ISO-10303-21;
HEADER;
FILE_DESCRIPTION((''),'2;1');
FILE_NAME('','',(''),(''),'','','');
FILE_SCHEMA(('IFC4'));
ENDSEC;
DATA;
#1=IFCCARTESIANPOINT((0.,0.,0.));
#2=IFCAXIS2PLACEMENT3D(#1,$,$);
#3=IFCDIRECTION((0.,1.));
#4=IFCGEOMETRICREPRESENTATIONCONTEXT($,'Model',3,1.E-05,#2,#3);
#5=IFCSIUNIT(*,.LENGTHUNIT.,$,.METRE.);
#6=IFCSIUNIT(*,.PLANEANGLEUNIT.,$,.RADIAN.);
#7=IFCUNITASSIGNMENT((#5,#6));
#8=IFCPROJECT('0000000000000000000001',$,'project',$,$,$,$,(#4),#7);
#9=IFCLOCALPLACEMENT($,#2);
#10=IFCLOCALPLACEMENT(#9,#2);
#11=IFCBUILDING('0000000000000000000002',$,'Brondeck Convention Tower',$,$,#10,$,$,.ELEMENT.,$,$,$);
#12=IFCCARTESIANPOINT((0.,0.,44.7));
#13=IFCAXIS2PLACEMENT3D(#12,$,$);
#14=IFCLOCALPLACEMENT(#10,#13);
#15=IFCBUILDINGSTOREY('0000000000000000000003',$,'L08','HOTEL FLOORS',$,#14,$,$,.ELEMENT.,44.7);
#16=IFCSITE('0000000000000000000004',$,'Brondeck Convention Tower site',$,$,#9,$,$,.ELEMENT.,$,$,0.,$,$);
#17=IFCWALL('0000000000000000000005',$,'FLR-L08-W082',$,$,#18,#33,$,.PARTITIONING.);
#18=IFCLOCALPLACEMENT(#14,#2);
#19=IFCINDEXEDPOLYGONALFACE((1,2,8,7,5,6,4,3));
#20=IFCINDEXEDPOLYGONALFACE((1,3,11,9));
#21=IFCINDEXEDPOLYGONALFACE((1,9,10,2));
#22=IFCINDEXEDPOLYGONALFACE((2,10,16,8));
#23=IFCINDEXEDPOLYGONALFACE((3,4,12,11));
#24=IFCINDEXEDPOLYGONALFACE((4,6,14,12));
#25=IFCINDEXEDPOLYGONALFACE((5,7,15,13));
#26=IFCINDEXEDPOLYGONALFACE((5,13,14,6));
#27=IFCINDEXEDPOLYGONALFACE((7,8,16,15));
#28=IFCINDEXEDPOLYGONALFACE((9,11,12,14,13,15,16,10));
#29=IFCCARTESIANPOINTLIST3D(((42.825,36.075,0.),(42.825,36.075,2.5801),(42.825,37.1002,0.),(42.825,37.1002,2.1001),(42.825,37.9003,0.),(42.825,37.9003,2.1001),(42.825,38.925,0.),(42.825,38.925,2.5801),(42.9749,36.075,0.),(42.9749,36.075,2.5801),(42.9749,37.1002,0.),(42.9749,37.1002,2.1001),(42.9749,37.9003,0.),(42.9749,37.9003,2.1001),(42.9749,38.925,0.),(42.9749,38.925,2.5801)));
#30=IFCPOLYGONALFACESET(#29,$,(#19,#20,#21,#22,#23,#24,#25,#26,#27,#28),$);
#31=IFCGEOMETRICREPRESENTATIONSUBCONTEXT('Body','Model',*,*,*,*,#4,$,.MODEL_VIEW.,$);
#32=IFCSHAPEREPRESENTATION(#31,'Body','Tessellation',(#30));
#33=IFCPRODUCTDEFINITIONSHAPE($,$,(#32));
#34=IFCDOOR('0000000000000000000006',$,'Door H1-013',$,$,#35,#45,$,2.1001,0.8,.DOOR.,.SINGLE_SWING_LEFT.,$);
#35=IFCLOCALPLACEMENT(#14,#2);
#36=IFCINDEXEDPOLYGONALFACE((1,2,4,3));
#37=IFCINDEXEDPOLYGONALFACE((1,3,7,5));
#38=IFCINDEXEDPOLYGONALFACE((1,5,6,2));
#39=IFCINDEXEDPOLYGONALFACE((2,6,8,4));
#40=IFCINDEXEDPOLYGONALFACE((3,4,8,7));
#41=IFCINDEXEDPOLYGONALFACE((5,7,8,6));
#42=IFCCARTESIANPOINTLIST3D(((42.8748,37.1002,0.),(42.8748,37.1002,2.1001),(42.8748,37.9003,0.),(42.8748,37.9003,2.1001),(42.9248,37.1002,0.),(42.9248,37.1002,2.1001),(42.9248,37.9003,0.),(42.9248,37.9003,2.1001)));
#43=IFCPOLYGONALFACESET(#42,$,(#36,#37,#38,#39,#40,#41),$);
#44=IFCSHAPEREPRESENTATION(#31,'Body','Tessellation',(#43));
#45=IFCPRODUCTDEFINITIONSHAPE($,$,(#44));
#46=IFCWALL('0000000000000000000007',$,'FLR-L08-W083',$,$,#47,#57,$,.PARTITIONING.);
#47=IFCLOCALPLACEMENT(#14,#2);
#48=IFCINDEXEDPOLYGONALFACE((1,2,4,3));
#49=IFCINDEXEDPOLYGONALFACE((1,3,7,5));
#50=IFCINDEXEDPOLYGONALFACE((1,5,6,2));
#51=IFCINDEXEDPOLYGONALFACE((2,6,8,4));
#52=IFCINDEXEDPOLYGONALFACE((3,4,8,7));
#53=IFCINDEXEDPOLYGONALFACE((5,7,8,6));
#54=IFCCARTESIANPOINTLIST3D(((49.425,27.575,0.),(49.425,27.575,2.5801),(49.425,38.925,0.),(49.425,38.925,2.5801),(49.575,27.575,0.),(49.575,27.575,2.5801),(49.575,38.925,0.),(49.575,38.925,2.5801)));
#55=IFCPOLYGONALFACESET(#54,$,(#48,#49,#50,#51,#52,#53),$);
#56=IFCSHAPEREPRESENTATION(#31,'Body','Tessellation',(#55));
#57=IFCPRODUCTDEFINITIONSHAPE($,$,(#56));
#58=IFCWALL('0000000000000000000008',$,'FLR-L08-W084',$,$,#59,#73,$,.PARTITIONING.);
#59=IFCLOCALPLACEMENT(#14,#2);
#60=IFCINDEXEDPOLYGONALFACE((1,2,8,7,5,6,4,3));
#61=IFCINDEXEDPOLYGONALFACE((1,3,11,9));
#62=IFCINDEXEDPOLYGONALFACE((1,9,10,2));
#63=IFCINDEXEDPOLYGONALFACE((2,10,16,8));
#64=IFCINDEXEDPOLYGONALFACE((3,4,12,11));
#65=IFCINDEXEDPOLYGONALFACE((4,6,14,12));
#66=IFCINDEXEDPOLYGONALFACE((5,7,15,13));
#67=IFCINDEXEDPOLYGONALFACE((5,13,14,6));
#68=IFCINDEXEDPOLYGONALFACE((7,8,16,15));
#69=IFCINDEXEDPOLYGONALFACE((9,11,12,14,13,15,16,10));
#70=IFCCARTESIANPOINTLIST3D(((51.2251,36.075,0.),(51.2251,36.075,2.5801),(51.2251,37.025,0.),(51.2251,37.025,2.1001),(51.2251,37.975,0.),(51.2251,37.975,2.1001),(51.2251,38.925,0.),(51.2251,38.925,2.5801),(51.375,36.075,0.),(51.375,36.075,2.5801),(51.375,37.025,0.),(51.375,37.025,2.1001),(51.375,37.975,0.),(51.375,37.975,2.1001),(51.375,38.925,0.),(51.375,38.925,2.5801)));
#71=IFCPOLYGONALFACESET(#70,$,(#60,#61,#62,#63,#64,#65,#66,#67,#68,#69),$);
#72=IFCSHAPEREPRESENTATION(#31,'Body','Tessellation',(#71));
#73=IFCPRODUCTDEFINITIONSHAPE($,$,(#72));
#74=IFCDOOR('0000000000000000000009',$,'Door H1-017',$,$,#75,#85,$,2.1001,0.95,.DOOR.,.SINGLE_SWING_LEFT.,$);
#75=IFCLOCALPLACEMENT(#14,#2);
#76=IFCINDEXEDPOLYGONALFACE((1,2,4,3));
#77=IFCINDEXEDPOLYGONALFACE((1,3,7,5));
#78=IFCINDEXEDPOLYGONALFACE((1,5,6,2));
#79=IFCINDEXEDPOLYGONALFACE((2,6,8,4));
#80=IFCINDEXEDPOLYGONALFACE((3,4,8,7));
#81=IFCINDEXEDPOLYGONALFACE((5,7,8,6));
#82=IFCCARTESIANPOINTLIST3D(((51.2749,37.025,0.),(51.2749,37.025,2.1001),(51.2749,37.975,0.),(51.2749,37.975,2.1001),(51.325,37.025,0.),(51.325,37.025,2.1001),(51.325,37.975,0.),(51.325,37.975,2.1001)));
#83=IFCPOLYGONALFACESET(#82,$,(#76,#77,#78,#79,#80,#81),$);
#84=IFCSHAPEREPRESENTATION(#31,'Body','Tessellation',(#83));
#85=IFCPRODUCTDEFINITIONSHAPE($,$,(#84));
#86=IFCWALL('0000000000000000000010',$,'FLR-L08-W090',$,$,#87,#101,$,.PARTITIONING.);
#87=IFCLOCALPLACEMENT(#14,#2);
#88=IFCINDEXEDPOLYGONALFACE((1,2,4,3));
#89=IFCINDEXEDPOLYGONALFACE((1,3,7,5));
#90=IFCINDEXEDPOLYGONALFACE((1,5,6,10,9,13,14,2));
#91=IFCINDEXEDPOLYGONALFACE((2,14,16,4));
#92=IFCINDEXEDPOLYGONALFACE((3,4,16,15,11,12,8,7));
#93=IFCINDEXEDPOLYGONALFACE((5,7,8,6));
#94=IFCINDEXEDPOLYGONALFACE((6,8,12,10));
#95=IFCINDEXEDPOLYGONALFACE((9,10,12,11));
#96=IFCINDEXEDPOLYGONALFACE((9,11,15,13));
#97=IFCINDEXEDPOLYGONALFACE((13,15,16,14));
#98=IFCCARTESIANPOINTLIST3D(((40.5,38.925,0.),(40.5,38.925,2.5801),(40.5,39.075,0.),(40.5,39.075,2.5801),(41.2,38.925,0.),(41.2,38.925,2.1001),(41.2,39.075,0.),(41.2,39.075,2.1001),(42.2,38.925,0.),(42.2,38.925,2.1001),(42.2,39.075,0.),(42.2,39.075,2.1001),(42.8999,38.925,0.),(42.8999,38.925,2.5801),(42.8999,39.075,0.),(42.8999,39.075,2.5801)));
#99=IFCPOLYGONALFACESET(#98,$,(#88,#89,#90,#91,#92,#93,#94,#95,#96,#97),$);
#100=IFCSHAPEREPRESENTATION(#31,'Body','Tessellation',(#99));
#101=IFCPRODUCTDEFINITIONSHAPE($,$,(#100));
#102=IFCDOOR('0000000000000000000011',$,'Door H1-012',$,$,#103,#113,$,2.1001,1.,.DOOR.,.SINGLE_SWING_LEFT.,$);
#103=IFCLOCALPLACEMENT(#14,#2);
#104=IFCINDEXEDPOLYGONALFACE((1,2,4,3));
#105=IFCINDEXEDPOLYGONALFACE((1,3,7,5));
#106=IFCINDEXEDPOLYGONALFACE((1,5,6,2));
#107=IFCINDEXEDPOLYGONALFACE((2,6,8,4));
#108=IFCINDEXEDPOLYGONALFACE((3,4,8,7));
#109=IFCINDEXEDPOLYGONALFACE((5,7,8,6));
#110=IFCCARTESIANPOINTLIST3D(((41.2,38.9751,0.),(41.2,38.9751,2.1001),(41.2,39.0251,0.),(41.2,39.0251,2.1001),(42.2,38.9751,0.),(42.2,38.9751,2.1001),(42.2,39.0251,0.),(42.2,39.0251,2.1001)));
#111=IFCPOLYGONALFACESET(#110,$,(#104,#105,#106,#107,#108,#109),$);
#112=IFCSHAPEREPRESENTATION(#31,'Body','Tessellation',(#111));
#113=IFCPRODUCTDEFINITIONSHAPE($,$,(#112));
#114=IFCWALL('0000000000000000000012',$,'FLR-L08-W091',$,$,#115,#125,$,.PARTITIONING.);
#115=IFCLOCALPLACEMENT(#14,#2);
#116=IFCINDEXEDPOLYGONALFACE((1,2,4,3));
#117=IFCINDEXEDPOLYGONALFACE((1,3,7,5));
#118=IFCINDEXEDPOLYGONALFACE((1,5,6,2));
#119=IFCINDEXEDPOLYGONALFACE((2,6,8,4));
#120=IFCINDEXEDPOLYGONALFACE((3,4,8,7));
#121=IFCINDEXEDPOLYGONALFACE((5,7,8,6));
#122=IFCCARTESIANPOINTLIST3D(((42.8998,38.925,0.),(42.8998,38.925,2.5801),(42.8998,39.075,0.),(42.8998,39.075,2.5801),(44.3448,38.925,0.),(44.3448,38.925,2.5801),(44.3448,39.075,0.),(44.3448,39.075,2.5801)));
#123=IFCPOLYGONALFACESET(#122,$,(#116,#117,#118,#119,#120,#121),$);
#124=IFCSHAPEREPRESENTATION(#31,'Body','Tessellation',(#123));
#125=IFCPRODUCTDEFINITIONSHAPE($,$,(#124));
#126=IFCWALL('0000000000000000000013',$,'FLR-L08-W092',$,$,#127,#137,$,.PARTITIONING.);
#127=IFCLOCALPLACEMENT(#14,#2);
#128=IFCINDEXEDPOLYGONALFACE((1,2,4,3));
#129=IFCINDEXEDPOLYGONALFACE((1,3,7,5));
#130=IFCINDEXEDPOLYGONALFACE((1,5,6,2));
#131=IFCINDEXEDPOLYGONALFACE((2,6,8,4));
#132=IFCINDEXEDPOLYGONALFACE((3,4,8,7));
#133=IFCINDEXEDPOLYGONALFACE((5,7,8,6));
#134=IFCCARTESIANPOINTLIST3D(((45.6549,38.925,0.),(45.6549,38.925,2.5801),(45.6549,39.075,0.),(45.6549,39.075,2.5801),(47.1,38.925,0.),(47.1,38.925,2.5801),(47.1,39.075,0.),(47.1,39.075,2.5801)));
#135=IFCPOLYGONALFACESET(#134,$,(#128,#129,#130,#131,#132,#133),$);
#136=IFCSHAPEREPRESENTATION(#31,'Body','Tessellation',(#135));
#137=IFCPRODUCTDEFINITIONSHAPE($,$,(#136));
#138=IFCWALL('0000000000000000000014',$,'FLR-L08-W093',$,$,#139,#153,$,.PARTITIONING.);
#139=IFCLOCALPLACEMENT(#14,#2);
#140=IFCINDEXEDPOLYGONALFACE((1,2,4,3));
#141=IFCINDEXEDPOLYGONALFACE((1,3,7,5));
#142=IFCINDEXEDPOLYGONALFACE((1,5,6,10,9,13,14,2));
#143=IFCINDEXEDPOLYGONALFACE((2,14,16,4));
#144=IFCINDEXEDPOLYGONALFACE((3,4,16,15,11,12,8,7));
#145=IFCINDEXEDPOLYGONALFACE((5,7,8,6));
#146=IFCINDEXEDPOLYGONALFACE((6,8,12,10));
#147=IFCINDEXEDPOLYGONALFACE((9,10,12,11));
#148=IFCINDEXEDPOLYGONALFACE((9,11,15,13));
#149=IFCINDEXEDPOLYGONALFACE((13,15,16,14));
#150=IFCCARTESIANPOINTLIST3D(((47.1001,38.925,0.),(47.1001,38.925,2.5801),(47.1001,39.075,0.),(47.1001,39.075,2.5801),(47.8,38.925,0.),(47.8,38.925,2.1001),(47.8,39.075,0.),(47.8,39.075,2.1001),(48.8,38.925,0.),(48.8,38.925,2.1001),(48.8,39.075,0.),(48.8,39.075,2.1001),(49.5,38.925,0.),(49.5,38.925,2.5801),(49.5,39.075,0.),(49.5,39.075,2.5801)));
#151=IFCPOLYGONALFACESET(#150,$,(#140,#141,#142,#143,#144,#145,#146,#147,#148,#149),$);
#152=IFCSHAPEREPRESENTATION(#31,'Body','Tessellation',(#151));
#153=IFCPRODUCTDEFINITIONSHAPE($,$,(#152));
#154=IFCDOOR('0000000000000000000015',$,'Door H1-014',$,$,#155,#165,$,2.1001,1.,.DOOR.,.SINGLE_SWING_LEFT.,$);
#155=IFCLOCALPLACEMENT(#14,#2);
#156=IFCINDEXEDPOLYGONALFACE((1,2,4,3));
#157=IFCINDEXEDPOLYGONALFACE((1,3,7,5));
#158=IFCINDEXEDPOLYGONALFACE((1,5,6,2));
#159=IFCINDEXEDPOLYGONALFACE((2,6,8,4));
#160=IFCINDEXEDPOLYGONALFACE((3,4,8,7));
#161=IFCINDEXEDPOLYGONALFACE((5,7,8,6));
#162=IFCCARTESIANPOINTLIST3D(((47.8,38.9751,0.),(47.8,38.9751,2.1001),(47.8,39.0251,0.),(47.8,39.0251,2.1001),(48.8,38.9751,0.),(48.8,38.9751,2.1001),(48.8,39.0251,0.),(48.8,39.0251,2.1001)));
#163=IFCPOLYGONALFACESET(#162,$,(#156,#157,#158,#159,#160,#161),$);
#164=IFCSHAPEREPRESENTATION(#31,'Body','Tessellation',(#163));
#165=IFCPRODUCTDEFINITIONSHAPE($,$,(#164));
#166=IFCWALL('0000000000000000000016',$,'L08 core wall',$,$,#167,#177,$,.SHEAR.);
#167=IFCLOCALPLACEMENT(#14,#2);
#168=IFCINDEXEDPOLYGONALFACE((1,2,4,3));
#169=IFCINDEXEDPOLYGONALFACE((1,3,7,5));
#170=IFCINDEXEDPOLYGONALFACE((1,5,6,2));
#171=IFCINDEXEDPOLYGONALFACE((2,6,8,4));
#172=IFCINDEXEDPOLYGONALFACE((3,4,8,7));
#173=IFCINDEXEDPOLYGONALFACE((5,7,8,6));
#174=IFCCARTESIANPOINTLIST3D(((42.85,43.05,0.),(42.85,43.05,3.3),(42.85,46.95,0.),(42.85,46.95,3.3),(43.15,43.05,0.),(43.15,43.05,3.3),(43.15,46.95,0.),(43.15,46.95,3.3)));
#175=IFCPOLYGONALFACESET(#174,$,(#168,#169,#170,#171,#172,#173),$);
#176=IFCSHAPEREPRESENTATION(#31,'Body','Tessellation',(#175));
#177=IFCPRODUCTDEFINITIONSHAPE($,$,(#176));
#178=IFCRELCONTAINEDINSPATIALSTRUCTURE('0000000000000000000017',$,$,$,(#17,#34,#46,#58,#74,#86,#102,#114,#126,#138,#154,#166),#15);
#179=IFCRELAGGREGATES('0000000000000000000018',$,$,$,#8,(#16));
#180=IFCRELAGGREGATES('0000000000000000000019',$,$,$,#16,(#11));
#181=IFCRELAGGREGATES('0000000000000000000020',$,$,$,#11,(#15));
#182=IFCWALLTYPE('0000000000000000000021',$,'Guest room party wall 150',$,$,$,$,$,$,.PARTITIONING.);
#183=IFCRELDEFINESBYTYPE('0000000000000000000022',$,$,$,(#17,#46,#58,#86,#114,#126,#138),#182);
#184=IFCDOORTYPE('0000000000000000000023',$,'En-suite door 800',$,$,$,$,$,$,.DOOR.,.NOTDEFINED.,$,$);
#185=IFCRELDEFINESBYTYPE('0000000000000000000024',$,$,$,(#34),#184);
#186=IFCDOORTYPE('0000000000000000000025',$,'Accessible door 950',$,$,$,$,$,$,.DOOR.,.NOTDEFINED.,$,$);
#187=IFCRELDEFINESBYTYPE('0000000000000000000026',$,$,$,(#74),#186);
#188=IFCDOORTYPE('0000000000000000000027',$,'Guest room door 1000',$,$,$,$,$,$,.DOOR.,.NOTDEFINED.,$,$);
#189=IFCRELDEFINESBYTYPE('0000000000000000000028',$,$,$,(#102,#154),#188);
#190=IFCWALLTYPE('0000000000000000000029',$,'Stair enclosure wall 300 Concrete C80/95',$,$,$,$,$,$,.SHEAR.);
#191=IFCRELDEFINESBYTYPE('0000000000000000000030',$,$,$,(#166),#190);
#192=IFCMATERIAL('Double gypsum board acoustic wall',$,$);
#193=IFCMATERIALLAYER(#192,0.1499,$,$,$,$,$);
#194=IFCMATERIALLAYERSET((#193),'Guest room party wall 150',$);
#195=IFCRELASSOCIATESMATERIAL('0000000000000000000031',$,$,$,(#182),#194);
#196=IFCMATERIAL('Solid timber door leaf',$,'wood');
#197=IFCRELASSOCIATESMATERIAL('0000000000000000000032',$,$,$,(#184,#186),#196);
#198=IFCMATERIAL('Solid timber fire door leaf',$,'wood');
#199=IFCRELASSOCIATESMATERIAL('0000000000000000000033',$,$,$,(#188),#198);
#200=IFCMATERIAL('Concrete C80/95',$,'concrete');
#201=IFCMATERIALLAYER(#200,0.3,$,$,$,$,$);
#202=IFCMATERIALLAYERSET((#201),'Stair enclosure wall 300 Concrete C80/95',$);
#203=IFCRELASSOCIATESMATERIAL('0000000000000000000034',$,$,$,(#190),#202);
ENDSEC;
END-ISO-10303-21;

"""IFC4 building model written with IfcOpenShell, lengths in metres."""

from ifc_helpers import new_model, si_unit, direction, frame, frame_2d, origin, place, context, subcontext, project, spatial, rectangle, extrude, material, layer, layer_set, type_object, element, fill, save


model = new_model("IFC4")

# Units and contexts
model_context = context("Model", 3, precision=1e-05, world=origin(), true_north=direction((0.0, 1.0)))
body_context = subcontext(model_context, "Body", "Model", "MODEL_VIEW")
ifc_project = project(units=[si_unit("LENGTHUNIT", "METRE"), si_unit("PLANEANGLEUNIT", "RADIAN")], contexts=[model_context])

# Site, building, storey
site_placement = place(None, origin())
site = spatial("IfcSite", under=ifc_project, at=site_placement, Name="Brondeck Convention Tower site", CompositionType="ELEMENT", RefElevation=0.0)
building_placement = place(site_placement, origin())
building = spatial("IfcBuilding", under=site, at=building_placement, Name="Brondeck Convention Tower", CompositionType="ELEMENT")
storey_placement = place(building_placement, frame((0.0, 0.0, 44.7)))
storey = spatial("IfcBuildingStorey", under=building, at=storey_placement, Name="L08", Description="HOTEL FLOORS", CompositionType="ELEMENT", Elevation=44.7)

# Shared definitions
ifc_material_1 = material(Name="Concrete C80/95", Category="concrete")

# Shared definitions
ifc_material_2 = material(Name="Double gypsum board acoustic wall")
ifc_layer_1 = layer(ifc_material_2, 0.1499)
ifc_layer_set_1 = layer_set([ifc_layer_1], Name="Guest room party wall 150")
wall_type_1 = type_object("IfcWallType", Name="Guest room party wall 150", PredefinedType="PARTITIONING", material=ifc_layer_set_1)

# Shared definitions
ifc_material_3 = material(Name="Solid timber door leaf", Category="wood")
door_type_1 = type_object("IfcDoorType", Name="En-suite door 800", OperationType="NOTDEFINED", PredefinedType="DOOR", material=ifc_material_3)

# Wall, opening, door
wall_1_placement = place(storey_placement, frame((42.8999, 38.925, 0.0), z_axis=(0.0, 0.0, 1.0), x_axis=(0.0, -1.0, 0.0)))
wall_1 = element("IfcWall", 1, at=wall_1_placement, inside=storey, type_object=wall_type_1, Name="FLR-L08-W082", PredefinedType="PARTITIONING", context=body_context, shape_type="SweptSolid", body=[
    extrude(rectangle(XDim=2.8501, YDim=0.1499, at=frame_2d((1.425, 0.0))), origin(), (0.0, 0.0, 1.0), 2.5801),
])
opening_1_placement = place(wall_1_placement, frame((1.0249, 0.0, 0.0)))
opening_1 = element("IfcOpeningElement", 2, at=opening_1_placement, cuts=wall_1, PredefinedType="OPENING", context=body_context, shape_type="SweptSolid", body=[
    extrude(rectangle(XDim=0.8, YDim=2.1001, at=frame_2d((0.3999, 1.05))), frame((0.0, 0.085, 0.0), z_axis=(0.0, -1.0, 0.0), x_axis=(1.0, 0.0, 0.0)), (0.0, 0.0, 1.0), 0.1699),
])
door_1_placement = place(opening_1_placement, origin())
door_1 = element("IfcDoor", 3, at=door_1_placement, inside=storey, type_object=door_type_1, Name="Door H1-013", OperationType="SINGLE_SWING_LEFT", OverallHeight=2.1001, OverallWidth=0.8, PredefinedType="DOOR", context=body_context, shape_type="SweptSolid", body=[
    extrude(rectangle(XDim=0.8, YDim=2.1001, at=frame_2d((0.3999, 1.05))), frame((0.0, 0.0249, 0.0), z_axis=(0.0, -1.0, 0.0), x_axis=(1.0, 0.0, 0.0)), (0.0, 0.0, 1.0), 0.05),
])
fill(opening_1, door_1)

# Wall
wall_2_placement = place(storey_placement, frame((49.5, 38.925, 0.0), z_axis=(0.0, 0.0, 1.0), x_axis=(0.0, -1.0, 0.0)))
element("IfcWall", 4, at=wall_2_placement, inside=storey, type_object=wall_type_1, Name="FLR-L08-W083", PredefinedType="PARTITIONING", context=body_context, shape_type="SweptSolid", body=[
    extrude(rectangle(XDim=11.3501, YDim=0.1499, at=frame_2d((5.675, 0.0))), origin(), (0.0, 0.0, 1.0), 2.5801),
])

# Walls, openings, doors
wall_3_placement = place(storey_placement, frame((51.3, 38.925, 0.0), z_axis=(0.0, 0.0, 1.0), x_axis=(0.0, -1.0, 0.0)))
wall_3 = element("IfcWall", 5, at=wall_3_placement, inside=storey, type_object=wall_type_1, Name="FLR-L08-W084", PredefinedType="PARTITIONING", context=body_context, shape_type="SweptSolid", body=[
    extrude(rectangle(XDim=2.8501, YDim=0.1499, at=frame_2d((1.425, 0.0))), origin(), (0.0, 0.0, 1.0), 2.5801),
])
opening_2_placement = place(wall_3_placement, frame((0.95, 0.0, 0.0)))
opening_2 = element("IfcOpeningElement", 6, at=opening_2_placement, cuts=wall_3, PredefinedType="OPENING", context=body_context, shape_type="SweptSolid", body=[
    extrude(rectangle(XDim=0.95, YDim=2.1001, at=frame_2d((0.4751, 1.05))), frame((0.0, 0.085, 0.0), z_axis=(0.0, -1.0, 0.0), x_axis=(1.0, 0.0, 0.0)), (0.0, 0.0, 1.0), 0.1699),
])
door_type_2 = type_object("IfcDoorType", Name="Accessible door 950", OperationType="NOTDEFINED", PredefinedType="DOOR", material=ifc_material_3)
door_2_placement = place(opening_2_placement, origin())
door_2 = element("IfcDoor", 7, at=door_2_placement, inside=storey, type_object=door_type_2, Name="Door H1-017", OperationType="SINGLE_SWING_LEFT", OverallHeight=2.1001, OverallWidth=0.95, PredefinedType="DOOR", context=body_context, shape_type="SweptSolid", body=[
    extrude(rectangle(XDim=0.95, YDim=2.1001, at=frame_2d((0.4751, 1.05))), frame((0.0, 0.0249, 0.0), z_axis=(0.0, -1.0, 0.0), x_axis=(1.0, 0.0, 0.0)), (0.0, 0.0, 1.0), 0.05),
])
fill(opening_2, door_2)
wall_4_placement = place(storey_placement, frame((42.8999, 39.0, 0.0), z_axis=(0.0, 0.0, 1.0), x_axis=(-1.0, 0.0, 0.0)))
wall_4 = element("IfcWall", 8, at=wall_4_placement, inside=storey, type_object=wall_type_1, Name="FLR-L08-W090", PredefinedType="PARTITIONING", context=body_context, shape_type="SweptSolid", body=[
    extrude(rectangle(XDim=2.3999, YDim=0.1499, at=frame_2d((1.2, 0.0))), origin(), (0.0, 0.0, 1.0), 2.5801),
])
opening_3_placement = place(wall_4_placement, frame((0.7, 0.0, 0.0)))
opening_3 = element("IfcOpeningElement", 9, at=opening_3_placement, cuts=wall_4, PredefinedType="OPENING", context=body_context, shape_type="SweptSolid", body=[
    extrude(rectangle(XDim=1.0, YDim=2.1001, at=frame_2d((0.5, 1.05))), frame((0.0, 0.085, 0.0), z_axis=(0.0, -1.0, 0.0), x_axis=(1.0, 0.0, 0.0)), (0.0, 0.0, 1.0), 0.1699),
])
ifc_material_4 = material(Name="Solid timber fire door leaf", Category="wood")
door_type_3 = type_object("IfcDoorType", Name="Guest room door 1000", OperationType="NOTDEFINED", PredefinedType="DOOR", material=ifc_material_4)
door_3_placement = place(opening_3_placement, origin())
door_3 = element("IfcDoor", 10, at=door_3_placement, inside=storey, type_object=door_type_3, Name="Door H1-012", OperationType="SINGLE_SWING_LEFT", OverallHeight=2.1001, OverallWidth=1.0, PredefinedType="DOOR", context=body_context, shape_type="SweptSolid", body=[
    extrude(rectangle(XDim=1.0, YDim=2.1001, at=frame_2d((0.5, 1.05))), frame((0.0, 0.0249, 0.0), z_axis=(0.0, -1.0, 0.0), x_axis=(1.0, 0.0, 0.0)), (0.0, 0.0, 1.0), 0.05),
])
fill(opening_3, door_3)

# Walls
for number, where, z_axis, x_axis, name in (
    (11, (44.345, 39.0, 0.0), (0.0, 0.0, 1.0), (-1.0, 0.0, 0.0), "FLR-L08-W091"),
    (12, (47.1001, 39.0, 0.0), (0.0, 0.0, 1.0), (-1.0, 0.0, 0.0), "FLR-L08-W092"),
):
    element("IfcWall", number, at=place(storey_placement, frame(where, z_axis=z_axis, x_axis=x_axis)), inside=storey, type_object=wall_type_1, Name=name, PredefinedType="PARTITIONING", context=body_context, shape_type="SweptSolid", body=[
        extrude(rectangle(XDim=1.4451, YDim=0.1499, at=frame_2d((0.7227, 0.0))), origin(), (0.0, 0.0, 1.0), 2.5801),
    ])

# Wall, opening, door
wall_5_placement = place(storey_placement, frame((49.5, 39.0, 0.0), z_axis=(0.0, 0.0, 1.0), x_axis=(-1.0, 0.0, 0.0)))
wall_5 = element("IfcWall", 13, at=wall_5_placement, inside=storey, type_object=wall_type_1, Name="FLR-L08-W093", PredefinedType="PARTITIONING", context=body_context, shape_type="SweptSolid", body=[
    extrude(rectangle(XDim=2.3999, YDim=0.1499, at=frame_2d((1.2, 0.0))), origin(), (0.0, 0.0, 1.0), 2.5801),
])
opening_4_placement = place(wall_5_placement, frame((0.7, 0.0, 0.0)))
opening_4 = element("IfcOpeningElement", 14, at=opening_4_placement, cuts=wall_5, PredefinedType="OPENING", context=body_context, shape_type="SweptSolid", body=[
    extrude(rectangle(XDim=1.0, YDim=2.1001, at=frame_2d((0.5, 1.05))), frame((0.0, 0.085, 0.0), z_axis=(0.0, -1.0, 0.0), x_axis=(1.0, 0.0, 0.0)), (0.0, 0.0, 1.0), 0.1699),
])
door_4_placement = place(opening_4_placement, origin())
door_4 = element("IfcDoor", 15, at=door_4_placement, inside=storey, type_object=door_type_3, Name="Door H1-014", OperationType="SINGLE_SWING_LEFT", OverallHeight=2.1001, OverallWidth=1.0, PredefinedType="DOOR", context=body_context, shape_type="SweptSolid", body=[
    extrude(rectangle(XDim=1.0, YDim=2.1001, at=frame_2d((0.5, 1.05))), frame((0.0, 0.0249, 0.0), z_axis=(0.0, -1.0, 0.0), x_axis=(1.0, 0.0, 0.0)), (0.0, 0.0, 1.0), 0.05),
])
fill(opening_4, door_4)

# Wall
ifc_layer_2 = layer(ifc_material_1, 0.3)
ifc_layer_set_2 = layer_set([ifc_layer_2], Name="Stair enclosure wall 300 Concrete C80/95")
wall_type_2 = type_object("IfcWallType", Name="Stair enclosure wall 300 Concrete C80/95", PredefinedType="SHEAR", material=ifc_layer_set_2)
for number, where, z_axis, x_axis, name in (
    (16, (43.0, 43.05, 0.0), (0.0, 0.0, 1.0), (0.0, 1.0, 0.0), "L08 core wall"),
):
    element("IfcWall", number, at=place(storey_placement, frame(where, z_axis=z_axis, x_axis=x_axis)), inside=storey, type_object=wall_type_2, Name=name, PredefinedType="SHEAR", context=body_context, shape_type="SweptSolid", body=[
        extrude(rectangle(XDim=3.8999, YDim=0.3, at=frame_2d((1.95, 0.0))), origin(), (0.0, 0.0, 1.0), 3.3),
    ])

save(model, "model.ifc")
